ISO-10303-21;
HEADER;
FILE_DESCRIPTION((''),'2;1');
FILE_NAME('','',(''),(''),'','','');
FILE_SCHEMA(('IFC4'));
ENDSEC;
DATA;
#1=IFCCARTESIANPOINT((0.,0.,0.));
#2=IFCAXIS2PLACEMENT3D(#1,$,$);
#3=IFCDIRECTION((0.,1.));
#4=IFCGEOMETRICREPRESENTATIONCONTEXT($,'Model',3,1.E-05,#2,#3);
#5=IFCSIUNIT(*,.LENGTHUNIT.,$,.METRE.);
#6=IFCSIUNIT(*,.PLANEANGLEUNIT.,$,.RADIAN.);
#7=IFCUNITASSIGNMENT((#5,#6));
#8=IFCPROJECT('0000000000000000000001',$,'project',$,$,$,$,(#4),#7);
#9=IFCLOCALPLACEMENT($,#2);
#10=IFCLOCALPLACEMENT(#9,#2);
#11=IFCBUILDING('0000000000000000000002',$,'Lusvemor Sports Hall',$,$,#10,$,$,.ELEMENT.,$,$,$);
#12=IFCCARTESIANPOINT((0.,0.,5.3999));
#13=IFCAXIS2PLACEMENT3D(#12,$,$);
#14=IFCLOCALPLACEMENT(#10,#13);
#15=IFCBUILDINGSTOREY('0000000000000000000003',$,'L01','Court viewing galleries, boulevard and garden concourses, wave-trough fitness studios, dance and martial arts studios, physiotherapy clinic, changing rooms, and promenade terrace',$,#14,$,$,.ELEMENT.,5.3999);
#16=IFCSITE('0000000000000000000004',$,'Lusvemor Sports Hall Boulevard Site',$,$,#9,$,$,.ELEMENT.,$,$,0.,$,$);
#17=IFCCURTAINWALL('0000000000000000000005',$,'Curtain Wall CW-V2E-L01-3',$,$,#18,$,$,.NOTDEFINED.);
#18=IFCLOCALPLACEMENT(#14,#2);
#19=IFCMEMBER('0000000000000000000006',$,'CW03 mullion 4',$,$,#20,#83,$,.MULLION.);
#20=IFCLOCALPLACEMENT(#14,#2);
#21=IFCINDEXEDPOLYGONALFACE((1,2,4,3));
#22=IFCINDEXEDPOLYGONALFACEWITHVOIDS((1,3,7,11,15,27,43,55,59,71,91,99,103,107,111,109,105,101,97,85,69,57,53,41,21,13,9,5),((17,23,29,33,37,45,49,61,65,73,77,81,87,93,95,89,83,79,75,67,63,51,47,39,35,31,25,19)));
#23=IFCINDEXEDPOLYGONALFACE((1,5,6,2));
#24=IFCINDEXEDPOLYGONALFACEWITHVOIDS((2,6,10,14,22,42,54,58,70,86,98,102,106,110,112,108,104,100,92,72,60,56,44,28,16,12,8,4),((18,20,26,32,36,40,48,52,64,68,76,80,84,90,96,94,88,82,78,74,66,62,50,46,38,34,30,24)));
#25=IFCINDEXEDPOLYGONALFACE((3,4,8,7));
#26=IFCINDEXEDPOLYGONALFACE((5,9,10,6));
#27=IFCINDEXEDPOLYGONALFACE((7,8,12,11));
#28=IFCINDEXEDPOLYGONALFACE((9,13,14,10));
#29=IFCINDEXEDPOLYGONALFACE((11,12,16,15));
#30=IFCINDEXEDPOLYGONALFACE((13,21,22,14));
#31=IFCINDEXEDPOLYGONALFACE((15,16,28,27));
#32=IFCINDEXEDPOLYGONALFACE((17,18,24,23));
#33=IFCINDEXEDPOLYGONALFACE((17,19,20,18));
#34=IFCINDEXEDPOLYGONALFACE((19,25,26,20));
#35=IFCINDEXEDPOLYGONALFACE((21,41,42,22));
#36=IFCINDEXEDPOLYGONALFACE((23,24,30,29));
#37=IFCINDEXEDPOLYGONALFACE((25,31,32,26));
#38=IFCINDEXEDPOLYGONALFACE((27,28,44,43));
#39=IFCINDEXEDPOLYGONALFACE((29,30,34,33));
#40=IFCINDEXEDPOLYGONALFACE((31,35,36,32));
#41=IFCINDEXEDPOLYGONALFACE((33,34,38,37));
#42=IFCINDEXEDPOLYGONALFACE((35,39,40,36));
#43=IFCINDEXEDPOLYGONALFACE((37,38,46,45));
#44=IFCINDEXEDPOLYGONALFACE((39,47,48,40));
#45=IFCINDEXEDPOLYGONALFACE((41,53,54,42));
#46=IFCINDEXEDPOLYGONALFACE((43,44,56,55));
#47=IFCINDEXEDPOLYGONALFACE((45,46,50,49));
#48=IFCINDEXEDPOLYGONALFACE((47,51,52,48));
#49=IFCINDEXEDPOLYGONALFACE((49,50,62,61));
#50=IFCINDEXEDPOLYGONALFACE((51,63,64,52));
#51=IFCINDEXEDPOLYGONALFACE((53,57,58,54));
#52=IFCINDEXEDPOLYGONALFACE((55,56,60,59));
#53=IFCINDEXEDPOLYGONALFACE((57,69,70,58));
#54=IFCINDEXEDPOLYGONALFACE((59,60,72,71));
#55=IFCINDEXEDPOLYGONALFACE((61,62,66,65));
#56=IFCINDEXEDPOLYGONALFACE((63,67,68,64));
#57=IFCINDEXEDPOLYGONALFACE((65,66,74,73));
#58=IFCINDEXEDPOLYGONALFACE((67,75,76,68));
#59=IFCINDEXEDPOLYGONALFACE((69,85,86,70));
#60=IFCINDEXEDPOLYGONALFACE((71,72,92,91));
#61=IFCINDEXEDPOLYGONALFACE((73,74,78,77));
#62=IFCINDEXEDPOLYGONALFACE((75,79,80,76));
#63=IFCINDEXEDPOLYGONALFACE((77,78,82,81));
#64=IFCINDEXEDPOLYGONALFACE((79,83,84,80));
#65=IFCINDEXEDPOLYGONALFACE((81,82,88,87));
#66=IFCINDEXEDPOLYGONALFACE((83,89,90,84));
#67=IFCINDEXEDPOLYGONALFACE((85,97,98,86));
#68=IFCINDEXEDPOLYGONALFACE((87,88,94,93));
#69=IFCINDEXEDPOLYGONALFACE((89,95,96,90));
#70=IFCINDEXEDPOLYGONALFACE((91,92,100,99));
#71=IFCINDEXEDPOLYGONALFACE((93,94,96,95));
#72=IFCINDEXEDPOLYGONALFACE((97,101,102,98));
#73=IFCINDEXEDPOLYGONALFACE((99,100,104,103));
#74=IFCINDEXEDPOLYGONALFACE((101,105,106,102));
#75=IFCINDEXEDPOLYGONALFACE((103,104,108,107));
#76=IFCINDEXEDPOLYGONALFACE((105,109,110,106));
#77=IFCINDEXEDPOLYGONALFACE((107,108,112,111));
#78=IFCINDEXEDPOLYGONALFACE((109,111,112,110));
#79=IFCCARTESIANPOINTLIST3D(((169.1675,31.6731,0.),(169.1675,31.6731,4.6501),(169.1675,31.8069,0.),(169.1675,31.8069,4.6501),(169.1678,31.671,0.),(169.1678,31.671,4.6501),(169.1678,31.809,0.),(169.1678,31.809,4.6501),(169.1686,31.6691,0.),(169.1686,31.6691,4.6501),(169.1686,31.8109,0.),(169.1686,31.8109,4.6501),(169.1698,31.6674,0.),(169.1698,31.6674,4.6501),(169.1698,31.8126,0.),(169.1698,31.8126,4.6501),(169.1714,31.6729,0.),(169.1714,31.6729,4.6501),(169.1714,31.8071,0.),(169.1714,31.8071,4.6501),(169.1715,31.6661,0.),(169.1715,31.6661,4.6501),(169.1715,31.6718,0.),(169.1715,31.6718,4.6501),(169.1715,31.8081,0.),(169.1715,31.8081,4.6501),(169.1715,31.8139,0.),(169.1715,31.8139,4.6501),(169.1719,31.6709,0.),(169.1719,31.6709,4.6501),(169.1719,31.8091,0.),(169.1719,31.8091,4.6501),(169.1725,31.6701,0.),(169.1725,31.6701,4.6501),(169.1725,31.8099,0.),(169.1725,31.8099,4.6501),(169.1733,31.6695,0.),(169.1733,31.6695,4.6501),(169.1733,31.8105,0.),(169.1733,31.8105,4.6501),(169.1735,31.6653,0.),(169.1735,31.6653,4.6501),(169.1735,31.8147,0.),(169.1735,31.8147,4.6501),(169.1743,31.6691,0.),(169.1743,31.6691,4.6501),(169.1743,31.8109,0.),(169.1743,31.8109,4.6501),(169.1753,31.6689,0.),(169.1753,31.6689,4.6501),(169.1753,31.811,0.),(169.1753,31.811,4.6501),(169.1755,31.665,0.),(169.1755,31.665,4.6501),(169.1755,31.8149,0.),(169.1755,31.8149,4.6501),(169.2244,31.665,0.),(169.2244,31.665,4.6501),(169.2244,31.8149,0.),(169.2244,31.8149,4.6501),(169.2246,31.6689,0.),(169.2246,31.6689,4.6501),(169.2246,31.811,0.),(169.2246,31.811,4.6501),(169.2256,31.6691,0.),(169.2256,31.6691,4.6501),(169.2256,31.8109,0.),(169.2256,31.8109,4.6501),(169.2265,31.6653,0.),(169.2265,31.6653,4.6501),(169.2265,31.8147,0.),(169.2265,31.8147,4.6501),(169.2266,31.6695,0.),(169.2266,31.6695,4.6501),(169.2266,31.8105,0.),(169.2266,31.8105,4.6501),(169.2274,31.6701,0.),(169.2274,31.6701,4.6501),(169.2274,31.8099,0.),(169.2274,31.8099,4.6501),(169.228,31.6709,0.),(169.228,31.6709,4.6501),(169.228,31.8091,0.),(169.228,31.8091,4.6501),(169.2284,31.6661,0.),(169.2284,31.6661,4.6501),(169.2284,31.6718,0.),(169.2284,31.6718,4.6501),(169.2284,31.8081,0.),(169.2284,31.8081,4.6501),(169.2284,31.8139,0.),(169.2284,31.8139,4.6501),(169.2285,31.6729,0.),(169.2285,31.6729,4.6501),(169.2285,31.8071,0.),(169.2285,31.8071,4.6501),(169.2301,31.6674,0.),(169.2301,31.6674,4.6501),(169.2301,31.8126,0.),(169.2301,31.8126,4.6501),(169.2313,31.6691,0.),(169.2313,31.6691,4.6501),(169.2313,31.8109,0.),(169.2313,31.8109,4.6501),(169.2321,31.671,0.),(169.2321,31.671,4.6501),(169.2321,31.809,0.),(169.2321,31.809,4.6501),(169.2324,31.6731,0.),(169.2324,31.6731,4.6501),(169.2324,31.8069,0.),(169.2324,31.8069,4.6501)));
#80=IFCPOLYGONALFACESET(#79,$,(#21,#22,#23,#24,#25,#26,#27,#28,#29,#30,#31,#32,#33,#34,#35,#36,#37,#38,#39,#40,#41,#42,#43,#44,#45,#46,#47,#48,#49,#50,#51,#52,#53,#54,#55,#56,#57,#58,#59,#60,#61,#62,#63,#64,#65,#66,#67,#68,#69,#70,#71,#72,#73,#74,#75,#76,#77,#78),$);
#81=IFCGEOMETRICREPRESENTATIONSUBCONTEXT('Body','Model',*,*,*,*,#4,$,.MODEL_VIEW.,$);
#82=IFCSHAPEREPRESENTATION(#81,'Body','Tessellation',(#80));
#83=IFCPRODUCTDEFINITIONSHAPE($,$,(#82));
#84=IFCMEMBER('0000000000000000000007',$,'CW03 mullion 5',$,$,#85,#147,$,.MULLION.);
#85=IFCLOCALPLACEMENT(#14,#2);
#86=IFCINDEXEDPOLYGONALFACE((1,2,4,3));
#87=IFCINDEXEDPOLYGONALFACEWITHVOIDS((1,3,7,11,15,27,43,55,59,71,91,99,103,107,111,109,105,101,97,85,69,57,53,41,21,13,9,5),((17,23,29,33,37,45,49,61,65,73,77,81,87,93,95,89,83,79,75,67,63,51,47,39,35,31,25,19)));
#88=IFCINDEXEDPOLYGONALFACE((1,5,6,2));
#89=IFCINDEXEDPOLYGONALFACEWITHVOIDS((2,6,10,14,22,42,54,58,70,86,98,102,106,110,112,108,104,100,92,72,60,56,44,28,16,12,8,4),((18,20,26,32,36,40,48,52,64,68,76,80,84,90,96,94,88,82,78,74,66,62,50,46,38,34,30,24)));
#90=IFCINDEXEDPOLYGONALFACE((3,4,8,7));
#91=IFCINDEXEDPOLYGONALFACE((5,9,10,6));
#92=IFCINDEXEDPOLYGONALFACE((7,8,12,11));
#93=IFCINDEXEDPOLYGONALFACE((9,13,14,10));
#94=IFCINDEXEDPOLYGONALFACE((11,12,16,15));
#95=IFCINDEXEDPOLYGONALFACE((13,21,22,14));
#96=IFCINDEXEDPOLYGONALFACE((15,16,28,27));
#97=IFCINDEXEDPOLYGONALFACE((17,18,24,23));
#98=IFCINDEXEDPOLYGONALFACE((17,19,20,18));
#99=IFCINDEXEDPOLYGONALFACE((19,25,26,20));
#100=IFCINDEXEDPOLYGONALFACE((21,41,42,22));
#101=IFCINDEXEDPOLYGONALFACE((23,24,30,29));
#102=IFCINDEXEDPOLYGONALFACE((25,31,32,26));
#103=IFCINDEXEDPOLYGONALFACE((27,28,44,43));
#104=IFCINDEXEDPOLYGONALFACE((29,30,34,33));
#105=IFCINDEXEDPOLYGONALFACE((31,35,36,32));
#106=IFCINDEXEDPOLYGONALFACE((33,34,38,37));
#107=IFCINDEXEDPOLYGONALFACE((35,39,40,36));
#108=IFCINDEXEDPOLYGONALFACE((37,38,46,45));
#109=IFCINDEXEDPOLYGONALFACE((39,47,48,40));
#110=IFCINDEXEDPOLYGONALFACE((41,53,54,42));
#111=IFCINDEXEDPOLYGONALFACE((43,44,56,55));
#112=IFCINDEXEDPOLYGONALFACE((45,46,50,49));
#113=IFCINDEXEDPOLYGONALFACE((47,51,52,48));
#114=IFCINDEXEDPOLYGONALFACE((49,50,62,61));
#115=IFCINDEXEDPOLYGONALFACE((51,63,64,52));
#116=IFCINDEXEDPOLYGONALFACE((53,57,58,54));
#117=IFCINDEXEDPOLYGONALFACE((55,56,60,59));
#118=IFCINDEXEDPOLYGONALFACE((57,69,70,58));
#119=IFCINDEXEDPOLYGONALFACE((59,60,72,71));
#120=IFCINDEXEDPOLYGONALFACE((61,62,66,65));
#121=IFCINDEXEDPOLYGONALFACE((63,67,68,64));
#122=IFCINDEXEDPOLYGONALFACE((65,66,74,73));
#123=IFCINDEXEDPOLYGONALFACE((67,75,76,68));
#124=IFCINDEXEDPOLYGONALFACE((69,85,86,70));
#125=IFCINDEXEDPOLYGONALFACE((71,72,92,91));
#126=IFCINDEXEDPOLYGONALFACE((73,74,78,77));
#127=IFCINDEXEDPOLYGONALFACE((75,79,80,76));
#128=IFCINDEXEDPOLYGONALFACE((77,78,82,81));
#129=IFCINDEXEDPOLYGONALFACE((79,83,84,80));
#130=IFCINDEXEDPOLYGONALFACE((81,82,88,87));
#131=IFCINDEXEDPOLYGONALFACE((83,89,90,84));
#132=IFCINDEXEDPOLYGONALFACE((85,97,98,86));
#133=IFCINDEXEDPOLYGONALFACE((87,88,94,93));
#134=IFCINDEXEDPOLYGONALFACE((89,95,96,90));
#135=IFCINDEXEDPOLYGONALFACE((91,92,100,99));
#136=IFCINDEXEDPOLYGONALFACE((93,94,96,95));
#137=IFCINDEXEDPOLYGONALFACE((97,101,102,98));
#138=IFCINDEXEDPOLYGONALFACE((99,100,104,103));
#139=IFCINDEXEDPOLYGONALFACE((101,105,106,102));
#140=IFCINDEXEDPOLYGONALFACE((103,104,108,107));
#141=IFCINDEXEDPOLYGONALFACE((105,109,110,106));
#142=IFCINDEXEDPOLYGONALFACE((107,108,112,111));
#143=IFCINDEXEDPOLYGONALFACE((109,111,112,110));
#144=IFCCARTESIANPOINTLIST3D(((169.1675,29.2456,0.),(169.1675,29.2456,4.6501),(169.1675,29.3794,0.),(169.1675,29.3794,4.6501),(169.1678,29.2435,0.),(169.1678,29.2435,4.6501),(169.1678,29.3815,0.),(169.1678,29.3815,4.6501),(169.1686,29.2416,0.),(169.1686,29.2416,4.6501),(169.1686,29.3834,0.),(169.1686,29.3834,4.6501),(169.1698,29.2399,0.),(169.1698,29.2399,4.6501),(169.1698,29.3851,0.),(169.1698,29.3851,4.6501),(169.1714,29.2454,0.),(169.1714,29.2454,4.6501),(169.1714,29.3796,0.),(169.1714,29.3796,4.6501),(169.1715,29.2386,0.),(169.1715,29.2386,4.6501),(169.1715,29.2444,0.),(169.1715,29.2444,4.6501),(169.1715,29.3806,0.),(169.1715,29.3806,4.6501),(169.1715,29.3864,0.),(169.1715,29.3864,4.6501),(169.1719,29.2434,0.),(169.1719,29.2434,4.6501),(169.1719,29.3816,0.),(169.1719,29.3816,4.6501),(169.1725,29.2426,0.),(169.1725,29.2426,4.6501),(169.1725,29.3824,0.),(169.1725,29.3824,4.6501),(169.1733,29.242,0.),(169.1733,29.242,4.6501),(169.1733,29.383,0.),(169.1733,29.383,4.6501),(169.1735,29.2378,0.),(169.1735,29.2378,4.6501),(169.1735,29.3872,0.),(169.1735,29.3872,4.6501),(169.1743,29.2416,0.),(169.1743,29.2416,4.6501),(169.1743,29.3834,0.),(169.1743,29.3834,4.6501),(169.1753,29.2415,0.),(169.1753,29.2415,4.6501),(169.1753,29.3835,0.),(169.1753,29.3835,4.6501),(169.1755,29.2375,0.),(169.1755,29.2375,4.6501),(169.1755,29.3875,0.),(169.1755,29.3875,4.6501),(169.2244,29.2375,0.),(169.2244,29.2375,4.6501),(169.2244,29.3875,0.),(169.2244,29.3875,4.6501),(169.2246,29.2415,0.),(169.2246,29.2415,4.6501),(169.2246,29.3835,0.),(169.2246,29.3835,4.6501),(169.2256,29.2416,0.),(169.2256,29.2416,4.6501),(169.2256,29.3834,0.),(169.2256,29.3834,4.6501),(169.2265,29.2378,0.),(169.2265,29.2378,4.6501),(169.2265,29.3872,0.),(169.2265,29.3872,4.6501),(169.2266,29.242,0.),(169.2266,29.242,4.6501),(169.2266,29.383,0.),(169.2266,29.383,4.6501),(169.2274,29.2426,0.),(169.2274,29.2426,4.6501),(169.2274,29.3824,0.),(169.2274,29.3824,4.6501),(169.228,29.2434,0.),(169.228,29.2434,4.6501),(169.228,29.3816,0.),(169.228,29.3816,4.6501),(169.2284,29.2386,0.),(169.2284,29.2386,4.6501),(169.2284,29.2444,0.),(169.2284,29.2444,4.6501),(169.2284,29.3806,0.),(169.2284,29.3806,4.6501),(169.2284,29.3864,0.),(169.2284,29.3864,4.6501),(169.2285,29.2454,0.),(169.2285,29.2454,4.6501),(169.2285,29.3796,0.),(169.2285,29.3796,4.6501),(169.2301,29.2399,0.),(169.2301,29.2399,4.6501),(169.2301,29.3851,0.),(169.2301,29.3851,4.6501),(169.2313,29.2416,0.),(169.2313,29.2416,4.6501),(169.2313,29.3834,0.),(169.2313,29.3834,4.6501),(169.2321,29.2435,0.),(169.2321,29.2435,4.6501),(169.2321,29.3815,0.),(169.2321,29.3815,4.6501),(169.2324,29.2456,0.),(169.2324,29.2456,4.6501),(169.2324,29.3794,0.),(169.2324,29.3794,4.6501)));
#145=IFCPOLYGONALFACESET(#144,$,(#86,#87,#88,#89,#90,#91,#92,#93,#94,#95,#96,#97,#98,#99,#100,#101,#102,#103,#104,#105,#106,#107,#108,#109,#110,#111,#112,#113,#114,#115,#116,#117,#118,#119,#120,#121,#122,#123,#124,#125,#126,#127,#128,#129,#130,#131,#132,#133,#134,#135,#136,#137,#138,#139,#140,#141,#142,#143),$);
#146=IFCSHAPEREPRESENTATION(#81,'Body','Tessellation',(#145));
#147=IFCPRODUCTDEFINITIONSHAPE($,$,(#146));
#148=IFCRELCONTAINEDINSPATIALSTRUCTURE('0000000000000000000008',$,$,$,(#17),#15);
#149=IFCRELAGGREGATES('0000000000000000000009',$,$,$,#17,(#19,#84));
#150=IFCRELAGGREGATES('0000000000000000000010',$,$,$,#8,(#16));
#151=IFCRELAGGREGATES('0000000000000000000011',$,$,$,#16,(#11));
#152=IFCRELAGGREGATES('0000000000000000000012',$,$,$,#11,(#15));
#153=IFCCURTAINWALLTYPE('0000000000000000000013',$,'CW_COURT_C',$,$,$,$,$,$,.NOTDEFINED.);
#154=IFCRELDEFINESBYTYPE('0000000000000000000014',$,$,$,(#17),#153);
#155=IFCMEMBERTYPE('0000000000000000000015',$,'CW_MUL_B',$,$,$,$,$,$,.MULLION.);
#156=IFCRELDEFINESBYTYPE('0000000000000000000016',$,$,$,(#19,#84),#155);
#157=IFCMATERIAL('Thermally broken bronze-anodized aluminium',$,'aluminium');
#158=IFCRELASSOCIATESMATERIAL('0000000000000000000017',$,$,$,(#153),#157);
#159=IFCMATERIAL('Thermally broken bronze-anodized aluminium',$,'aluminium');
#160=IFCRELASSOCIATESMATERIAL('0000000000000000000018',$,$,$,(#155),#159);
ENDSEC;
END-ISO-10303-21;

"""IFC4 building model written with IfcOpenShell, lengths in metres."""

from ifc_helpers import new_model, si_unit, direction, frame, origin, origin_2d, place, context, subcontext, project, spatial, hollow_rectangle, extrude, material, material_profile, profile_set, type_object, element, aggregate, save


model = new_model("IFC4")

# Units and contexts
model_context = context("Model", 3, precision=1e-05, world=origin(), true_north=direction((0.0, 1.0)))
body_context = subcontext(model_context, "Body", "Model", "MODEL_VIEW")
ifc_project = project(units=[si_unit("LENGTHUNIT", "METRE"), si_unit("PLANEANGLEUNIT", "RADIAN")], contexts=[model_context])

# Site, building, storey
site_placement = place(None, origin())
site = spatial("IfcSite", under=ifc_project, at=site_placement, Name="Lusvemor Sports Hall Boulevard Site", CompositionType="ELEMENT", RefElevation=0.0)
building_placement = place(site_placement, origin())
building = spatial("IfcBuilding", under=site, at=building_placement, Name="Lusvemor Sports Hall", CompositionType="ELEMENT")
storey_placement = place(building_placement, frame((0.0, 0.0, 5.3999)))
storey = spatial("IfcBuildingStorey", under=building, at=storey_placement, Name="L01", Description="Court viewing galleries, boulevard and garden concourses, wave-trough fitness studios, dance and martial arts studios, physiotherapy clinic, changing rooms, and promenade terrace", CompositionType="ELEMENT", Elevation=5.3999)

# Shared definitions
ifc_material_1 = material(Name="Thermally broken bronze-anodized aluminium", Category="aluminium")
curtain_wall_type = type_object("IfcCurtainWallType", Name="CW_COURT_C", PredefinedType="NOTDEFINED", material=ifc_material_1)
ifc_material_2 = material(Name="Thermally broken bronze-anodized aluminium", Category="aluminium")
ifc_material_profile_1 = material_profile(ifc_material_2, hollow_rectangle(XDim=0.0649, YDim=0.1499, WallThickness=0.0039, InnerFilletRadius=0.0039, OuterFilletRadius=0.0081, at=origin_2d()), Name="CWMUL150x65x4")
ifc_profile_set_1 = profile_set([ifc_material_profile_1], Name="Thermally broken bronze-anodized aluminium")
member_type_1 = type_object("IfcMemberType", Name="CW_MUL_B", PredefinedType="MULLION", material=ifc_profile_set_1)

# Curtain wall, members
curtain_wall_1_placement = place(storey_placement, origin())
curtain_wall_1 = element("IfcCurtainWall", 1, at=curtain_wall_1_placement, inside=storey, type_object=curtain_wall_type, Name="Curtain Wall CW-V2E-L01-3", PredefinedType="NOTDEFINED")
member_1_placement = place(storey_placement, frame((169.2, 31.74, 0.0), z_axis=(0.0, 0.0, 1.0), x_axis=(1.0, 0.0, 0.0)))
member_1 = element("IfcMember", 2, at=member_1_placement, type_object=member_type_1, Name="CW03 mullion 4", PredefinedType="MULLION", context=body_context, shape_type="SweptSolid", body=[
    extrude(hollow_rectangle(XDim=0.0649, YDim=0.1499, WallThickness=0.0039, InnerFilletRadius=0.0039, OuterFilletRadius=0.0081, at=origin_2d()), origin(), (0.0, 0.0, 1.0), 4.6501),
])
member_2_placement = place(storey_placement, frame((169.2, 29.3125, 0.0), z_axis=(0.0, 0.0, 1.0), x_axis=(1.0, 0.0, 0.0)))
member_2 = element("IfcMember", 3, at=member_2_placement, type_object=member_type_1, Name="CW03 mullion 5", PredefinedType="MULLION", context=body_context, shape_type="SweptSolid", body=[
    extrude(hollow_rectangle(XDim=0.0649, YDim=0.1499, WallThickness=0.0039, InnerFilletRadius=0.0039, OuterFilletRadius=0.0081, at=origin_2d()), origin(), (0.0, 0.0, 1.0), 4.6501),
])

aggregate(curtain_wall_1, [member_1, member_2])

save(model, "model.ifc")
